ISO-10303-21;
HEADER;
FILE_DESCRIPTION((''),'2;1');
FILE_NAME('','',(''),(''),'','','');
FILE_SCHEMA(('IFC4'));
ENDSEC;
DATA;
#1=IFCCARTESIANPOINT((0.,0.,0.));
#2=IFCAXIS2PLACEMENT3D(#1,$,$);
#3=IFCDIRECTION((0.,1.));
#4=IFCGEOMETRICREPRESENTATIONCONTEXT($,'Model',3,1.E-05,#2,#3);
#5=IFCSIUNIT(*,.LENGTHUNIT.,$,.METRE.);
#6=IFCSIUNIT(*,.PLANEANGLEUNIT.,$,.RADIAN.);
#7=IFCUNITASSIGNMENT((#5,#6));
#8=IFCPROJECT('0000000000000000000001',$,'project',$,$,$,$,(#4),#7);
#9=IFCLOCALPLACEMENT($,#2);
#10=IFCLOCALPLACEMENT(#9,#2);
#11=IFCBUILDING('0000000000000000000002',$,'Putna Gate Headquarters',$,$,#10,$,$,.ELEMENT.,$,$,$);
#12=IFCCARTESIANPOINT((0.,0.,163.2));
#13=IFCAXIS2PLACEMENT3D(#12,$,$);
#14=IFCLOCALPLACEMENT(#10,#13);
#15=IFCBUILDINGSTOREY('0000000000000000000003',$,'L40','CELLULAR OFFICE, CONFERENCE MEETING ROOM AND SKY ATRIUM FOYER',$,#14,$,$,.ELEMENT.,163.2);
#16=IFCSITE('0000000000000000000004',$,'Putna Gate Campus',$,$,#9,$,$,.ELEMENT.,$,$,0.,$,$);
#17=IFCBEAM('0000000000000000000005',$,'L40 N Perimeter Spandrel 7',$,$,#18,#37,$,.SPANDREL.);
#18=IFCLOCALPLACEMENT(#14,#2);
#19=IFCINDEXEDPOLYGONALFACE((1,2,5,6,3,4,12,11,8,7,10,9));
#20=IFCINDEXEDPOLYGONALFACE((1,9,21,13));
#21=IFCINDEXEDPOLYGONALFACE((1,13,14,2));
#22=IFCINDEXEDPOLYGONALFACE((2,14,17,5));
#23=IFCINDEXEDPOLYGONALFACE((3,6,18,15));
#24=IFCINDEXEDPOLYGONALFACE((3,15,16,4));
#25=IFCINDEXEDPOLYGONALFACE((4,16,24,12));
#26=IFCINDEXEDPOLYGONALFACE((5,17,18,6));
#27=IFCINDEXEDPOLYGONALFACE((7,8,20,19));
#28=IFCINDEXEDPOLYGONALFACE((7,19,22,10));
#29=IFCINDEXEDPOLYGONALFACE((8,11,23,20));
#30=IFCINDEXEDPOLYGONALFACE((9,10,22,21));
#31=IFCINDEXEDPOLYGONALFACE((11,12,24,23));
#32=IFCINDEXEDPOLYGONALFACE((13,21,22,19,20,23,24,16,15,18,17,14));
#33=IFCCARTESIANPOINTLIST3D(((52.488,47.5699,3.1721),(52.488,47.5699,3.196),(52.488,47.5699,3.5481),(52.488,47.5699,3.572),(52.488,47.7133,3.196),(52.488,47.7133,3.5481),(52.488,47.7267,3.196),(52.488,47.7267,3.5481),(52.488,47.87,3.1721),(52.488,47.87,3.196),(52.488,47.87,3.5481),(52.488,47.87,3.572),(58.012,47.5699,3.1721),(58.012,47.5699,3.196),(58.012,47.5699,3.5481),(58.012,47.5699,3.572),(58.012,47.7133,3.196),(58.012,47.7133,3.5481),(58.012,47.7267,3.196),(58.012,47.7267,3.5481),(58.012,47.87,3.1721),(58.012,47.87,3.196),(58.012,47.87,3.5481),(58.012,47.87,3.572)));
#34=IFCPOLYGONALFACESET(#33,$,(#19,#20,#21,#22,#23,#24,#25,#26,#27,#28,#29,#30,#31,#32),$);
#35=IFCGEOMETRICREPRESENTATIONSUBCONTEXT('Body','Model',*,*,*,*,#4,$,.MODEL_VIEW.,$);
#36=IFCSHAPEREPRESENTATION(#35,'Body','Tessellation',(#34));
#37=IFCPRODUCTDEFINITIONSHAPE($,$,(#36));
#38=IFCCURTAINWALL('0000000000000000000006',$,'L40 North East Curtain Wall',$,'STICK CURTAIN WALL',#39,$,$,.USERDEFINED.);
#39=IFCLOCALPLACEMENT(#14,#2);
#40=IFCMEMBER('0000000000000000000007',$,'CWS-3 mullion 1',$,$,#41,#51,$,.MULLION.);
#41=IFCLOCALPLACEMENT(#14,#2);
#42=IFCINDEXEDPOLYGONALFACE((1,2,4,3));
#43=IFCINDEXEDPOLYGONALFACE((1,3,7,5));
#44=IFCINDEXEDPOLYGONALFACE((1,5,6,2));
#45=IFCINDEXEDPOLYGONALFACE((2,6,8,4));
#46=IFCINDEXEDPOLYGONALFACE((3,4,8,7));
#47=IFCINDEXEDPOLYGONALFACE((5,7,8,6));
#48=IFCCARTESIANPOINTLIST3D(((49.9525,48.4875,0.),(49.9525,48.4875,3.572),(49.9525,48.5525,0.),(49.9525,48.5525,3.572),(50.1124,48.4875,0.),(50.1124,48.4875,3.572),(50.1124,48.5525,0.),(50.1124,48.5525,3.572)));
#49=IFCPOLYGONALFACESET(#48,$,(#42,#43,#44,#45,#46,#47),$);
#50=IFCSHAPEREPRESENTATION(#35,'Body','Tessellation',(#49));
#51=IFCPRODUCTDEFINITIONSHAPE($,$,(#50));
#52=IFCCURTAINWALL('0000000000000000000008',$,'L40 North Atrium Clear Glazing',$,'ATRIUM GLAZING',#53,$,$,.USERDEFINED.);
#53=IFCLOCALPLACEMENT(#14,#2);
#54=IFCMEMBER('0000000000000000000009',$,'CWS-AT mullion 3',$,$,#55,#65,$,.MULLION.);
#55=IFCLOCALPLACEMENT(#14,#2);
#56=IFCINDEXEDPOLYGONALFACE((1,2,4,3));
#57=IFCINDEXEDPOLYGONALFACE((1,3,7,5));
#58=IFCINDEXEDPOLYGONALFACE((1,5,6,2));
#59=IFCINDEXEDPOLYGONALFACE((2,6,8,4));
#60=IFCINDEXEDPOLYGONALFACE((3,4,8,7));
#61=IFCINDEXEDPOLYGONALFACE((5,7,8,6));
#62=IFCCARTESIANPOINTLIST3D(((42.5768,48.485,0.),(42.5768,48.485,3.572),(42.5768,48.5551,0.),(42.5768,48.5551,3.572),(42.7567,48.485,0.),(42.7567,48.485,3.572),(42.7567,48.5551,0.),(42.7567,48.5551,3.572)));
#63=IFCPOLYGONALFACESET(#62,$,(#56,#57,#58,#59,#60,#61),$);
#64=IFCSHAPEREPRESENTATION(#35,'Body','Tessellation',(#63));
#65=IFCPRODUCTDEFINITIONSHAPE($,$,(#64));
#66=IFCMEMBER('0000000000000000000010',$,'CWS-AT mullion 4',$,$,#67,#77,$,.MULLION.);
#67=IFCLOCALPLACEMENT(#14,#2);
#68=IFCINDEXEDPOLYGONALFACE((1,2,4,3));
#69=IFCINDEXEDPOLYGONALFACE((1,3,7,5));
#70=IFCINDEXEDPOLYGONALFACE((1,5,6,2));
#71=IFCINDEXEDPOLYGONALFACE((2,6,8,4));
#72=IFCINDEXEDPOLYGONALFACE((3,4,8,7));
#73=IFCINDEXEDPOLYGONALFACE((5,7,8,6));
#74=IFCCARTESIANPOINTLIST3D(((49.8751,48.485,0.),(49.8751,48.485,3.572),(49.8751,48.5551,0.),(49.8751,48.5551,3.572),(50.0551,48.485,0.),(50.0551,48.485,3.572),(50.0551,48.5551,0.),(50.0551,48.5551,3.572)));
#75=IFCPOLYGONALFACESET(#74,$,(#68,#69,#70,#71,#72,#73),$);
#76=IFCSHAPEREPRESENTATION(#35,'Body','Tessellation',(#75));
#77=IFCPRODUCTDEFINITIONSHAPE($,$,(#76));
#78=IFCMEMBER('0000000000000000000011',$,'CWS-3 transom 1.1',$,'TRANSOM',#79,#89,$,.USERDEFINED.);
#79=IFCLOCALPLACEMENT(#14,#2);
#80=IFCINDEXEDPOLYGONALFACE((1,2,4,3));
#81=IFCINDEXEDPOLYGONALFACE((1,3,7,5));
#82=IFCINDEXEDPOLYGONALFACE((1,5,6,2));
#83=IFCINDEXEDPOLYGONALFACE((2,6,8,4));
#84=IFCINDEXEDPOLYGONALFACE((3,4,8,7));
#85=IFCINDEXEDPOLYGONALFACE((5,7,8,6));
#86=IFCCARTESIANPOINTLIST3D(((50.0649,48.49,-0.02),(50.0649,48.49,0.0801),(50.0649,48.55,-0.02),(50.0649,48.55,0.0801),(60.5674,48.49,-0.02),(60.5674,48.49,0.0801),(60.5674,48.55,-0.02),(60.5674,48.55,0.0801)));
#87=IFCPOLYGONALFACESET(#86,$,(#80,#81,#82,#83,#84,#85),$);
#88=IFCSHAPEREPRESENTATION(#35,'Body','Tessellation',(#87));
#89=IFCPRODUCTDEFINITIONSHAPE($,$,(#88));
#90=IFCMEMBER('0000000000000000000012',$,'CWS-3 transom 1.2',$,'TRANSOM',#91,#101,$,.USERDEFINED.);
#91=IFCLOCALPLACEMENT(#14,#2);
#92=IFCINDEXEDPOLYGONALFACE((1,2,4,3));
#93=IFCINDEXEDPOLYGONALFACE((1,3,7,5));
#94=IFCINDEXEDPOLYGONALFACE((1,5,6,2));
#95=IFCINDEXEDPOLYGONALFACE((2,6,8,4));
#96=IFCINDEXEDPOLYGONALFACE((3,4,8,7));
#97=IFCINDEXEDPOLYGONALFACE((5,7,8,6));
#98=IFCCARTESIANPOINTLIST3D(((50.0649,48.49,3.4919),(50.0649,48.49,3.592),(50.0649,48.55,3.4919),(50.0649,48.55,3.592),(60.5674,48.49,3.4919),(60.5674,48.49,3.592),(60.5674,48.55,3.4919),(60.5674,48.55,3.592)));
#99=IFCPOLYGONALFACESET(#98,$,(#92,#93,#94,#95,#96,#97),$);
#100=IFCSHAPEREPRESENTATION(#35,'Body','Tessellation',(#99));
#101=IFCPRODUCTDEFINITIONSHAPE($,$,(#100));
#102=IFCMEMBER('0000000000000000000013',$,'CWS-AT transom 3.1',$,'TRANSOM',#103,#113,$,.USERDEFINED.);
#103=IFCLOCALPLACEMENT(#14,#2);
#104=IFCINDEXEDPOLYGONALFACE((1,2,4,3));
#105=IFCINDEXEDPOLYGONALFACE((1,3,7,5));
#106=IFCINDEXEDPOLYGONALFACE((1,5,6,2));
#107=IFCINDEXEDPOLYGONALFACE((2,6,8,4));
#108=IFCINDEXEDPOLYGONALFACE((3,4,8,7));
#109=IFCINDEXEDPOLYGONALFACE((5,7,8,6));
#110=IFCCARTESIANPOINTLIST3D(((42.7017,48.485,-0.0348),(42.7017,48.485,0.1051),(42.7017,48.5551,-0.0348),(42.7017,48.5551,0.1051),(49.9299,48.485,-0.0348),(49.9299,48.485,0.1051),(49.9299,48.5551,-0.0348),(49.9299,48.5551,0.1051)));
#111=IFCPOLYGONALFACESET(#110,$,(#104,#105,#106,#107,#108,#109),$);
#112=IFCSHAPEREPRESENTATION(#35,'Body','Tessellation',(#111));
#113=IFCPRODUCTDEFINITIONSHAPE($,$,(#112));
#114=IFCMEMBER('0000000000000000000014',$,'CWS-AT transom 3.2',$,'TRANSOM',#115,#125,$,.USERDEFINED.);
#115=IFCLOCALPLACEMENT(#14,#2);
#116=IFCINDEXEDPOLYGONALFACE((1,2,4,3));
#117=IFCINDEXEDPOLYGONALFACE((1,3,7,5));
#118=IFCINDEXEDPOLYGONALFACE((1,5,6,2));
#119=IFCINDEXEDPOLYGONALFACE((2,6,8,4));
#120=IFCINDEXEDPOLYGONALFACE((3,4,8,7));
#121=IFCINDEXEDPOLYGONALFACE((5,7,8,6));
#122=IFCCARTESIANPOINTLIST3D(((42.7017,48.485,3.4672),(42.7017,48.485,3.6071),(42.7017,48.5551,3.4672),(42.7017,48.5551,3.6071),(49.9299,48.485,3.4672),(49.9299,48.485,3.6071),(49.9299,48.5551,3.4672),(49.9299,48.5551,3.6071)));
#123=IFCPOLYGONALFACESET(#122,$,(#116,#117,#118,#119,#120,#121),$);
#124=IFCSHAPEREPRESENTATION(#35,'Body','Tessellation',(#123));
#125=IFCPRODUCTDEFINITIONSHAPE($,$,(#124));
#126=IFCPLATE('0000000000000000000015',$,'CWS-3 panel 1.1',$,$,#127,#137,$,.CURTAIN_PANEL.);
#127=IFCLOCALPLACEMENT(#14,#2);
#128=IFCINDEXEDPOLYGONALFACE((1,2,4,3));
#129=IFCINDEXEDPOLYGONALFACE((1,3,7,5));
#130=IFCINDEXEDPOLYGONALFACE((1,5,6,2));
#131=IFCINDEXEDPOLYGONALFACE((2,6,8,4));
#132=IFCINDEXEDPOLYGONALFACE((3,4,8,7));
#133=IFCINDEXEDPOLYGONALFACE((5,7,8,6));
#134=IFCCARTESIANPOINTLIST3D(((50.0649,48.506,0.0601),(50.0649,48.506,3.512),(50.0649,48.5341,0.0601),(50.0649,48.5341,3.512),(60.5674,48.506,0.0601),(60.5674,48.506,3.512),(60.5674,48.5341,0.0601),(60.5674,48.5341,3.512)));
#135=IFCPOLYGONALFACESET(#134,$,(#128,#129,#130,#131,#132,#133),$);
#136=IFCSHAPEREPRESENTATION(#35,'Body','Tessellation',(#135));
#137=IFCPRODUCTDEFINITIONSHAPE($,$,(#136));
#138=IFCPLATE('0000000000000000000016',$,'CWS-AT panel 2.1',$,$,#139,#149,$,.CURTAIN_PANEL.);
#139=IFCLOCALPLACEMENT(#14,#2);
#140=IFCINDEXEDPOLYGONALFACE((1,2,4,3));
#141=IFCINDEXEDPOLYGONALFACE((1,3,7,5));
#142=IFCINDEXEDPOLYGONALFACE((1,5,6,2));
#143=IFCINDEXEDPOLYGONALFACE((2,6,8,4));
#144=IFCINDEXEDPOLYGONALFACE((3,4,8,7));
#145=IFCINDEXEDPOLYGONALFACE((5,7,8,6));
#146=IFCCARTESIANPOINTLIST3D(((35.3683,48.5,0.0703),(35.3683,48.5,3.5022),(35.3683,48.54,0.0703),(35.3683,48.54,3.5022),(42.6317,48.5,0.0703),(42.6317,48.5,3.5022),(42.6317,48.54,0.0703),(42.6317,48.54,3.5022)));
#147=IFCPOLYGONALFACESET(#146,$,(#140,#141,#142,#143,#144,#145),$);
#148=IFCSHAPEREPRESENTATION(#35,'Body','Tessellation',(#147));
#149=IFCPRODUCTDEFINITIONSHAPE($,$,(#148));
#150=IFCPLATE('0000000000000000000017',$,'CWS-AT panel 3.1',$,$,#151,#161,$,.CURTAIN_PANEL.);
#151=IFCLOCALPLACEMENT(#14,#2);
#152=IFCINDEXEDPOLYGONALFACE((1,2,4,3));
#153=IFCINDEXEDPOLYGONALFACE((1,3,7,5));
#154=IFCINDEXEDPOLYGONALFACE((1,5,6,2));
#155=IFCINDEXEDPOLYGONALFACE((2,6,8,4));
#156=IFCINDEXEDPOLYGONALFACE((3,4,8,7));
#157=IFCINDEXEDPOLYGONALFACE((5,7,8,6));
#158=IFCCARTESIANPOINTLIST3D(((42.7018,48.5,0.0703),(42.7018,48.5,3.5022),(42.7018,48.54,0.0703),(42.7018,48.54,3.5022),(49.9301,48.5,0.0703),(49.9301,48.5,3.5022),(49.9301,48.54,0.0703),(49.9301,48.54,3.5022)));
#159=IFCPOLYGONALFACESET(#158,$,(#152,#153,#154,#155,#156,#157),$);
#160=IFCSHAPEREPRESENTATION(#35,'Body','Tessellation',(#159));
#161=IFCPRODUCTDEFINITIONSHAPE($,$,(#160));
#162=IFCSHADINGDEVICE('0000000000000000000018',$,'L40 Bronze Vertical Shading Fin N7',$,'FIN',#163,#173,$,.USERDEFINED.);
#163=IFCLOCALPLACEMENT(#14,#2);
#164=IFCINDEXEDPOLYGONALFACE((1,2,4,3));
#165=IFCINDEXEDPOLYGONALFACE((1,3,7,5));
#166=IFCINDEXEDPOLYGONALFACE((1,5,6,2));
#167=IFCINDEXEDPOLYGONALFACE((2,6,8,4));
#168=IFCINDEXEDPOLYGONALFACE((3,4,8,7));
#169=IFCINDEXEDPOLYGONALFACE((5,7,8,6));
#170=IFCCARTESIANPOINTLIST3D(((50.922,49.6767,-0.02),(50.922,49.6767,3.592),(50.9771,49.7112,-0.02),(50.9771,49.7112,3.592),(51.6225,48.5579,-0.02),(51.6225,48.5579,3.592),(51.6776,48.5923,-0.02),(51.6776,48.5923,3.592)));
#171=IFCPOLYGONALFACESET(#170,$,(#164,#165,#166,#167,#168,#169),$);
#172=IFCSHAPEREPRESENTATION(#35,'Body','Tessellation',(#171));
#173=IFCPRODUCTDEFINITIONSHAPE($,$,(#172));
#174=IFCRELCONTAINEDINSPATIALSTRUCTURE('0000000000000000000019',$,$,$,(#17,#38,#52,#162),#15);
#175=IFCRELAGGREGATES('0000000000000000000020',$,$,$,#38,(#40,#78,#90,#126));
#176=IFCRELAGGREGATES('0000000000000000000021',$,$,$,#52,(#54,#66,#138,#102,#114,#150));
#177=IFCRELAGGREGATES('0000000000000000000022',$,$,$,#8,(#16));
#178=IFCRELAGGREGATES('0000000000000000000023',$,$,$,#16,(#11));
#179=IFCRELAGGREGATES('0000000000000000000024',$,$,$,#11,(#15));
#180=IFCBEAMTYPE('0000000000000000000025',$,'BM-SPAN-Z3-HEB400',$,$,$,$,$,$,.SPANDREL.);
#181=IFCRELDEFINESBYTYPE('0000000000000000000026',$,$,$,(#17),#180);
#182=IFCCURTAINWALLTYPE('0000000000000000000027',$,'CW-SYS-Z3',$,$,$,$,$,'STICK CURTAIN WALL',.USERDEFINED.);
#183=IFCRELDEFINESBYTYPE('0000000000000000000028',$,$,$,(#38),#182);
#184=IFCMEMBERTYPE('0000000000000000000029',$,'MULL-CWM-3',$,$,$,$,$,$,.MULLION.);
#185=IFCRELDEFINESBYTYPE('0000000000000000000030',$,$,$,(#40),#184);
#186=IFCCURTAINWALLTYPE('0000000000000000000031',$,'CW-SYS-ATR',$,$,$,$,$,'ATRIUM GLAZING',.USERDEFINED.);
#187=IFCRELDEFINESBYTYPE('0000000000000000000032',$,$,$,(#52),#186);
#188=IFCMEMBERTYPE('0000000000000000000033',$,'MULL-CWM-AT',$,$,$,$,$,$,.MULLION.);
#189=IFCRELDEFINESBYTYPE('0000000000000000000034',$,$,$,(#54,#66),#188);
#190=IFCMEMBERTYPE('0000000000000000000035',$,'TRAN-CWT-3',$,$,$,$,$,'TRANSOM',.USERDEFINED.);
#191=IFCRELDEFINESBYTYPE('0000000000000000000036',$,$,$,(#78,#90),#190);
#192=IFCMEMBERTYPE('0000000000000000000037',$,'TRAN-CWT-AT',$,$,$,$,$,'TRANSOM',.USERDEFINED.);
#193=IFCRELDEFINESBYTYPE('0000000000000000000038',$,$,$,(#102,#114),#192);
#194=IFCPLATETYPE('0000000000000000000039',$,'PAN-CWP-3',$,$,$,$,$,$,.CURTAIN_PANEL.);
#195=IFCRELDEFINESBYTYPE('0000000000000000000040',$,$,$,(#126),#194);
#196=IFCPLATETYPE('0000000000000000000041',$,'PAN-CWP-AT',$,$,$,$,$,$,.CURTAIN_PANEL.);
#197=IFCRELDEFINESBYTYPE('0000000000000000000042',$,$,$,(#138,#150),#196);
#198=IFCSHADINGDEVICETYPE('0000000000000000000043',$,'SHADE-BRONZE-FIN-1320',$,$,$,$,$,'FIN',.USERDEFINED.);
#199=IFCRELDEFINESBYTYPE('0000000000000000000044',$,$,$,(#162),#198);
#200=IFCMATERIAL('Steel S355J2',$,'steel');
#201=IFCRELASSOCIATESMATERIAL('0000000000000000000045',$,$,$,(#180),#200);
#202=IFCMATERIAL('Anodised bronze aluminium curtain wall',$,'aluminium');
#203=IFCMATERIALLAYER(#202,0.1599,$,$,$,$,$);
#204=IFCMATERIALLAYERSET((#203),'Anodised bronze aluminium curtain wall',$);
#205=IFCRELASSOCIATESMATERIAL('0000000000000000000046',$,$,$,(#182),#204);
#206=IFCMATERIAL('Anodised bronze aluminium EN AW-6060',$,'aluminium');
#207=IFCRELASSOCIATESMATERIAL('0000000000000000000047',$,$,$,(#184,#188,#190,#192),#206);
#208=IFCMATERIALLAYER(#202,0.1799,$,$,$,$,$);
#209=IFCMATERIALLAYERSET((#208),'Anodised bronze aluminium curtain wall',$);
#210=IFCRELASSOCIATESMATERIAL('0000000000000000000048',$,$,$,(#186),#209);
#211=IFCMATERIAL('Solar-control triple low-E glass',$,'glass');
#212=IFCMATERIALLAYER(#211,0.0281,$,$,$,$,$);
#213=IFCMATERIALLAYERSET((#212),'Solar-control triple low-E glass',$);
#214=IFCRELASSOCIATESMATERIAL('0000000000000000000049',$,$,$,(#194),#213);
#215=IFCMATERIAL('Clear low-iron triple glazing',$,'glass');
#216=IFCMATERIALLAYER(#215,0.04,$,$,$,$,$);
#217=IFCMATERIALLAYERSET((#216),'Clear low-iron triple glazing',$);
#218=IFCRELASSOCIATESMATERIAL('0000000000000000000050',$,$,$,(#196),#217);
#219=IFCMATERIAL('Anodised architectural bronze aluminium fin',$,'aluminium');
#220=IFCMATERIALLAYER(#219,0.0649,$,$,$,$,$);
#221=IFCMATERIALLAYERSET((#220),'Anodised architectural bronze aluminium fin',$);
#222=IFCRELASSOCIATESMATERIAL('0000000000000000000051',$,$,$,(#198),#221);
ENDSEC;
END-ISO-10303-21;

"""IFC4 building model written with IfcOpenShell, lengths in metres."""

from ifc_helpers import new_model, si_unit, direction, frame, origin, origin_2d, place, context, subcontext, project, spatial, rectangle, i_section, extrude, material, layer, layer_set, material_profile, profile_set, type_object, element, aggregate, save


model = new_model("IFC4")

# Units and contexts
model_context = context("Model", 3, precision=1e-05, world=origin(), true_north=direction((0.0, 1.0)))
body_context = subcontext(model_context, "Body", "Model", "MODEL_VIEW")
ifc_project = project(units=[si_unit("LENGTHUNIT", "METRE"), si_unit("PLANEANGLEUNIT", "RADIAN")], contexts=[model_context])

# Site, building, storey
site_placement = place(None, origin())
site = spatial("IfcSite", under=ifc_project, at=site_placement, Name="Putna Gate Campus", CompositionType="ELEMENT", RefElevation=0.0)
building_placement = place(site_placement, origin())
building = spatial("IfcBuilding", under=site, at=building_placement, Name="Putna Gate Headquarters", CompositionType="ELEMENT")
storey_placement = place(building_placement, frame((0.0, 0.0, 163.2)))
storey = spatial("IfcBuildingStorey", under=building, at=storey_placement, Name="L40", Description="CELLULAR OFFICE, CONFERENCE MEETING ROOM AND SKY ATRIUM FOYER", CompositionType="ELEMENT", Elevation=163.2)

# Beam
ifc_material_1 = material(Name="Steel S355J2", Category="steel")
ifc_material_profile_1 = material_profile(ifc_material_1, i_section(OverallWidth=0.3, OverallDepth=0.3999, WebThickness=0.0134, FlangeThickness=0.0239, at=origin_2d()), Name="Steel S355J2")
ifc_profile_set_1 = profile_set([ifc_material_profile_1], Name="Steel S355J2")
beam_type_1 = type_object("IfcBeamType", Name="BM-SPAN-Z3-HEB400", PredefinedType="SPANDREL", material=ifc_profile_set_1)
for number, where, z_axis, x_axis, name in (
    (1, (52.488, 47.72, 3.3721), (1.0, 0.0, 0.0), (0.0, 1.0, 0.0), "L40 N Perimeter Spandrel 7"),
):
    element("IfcBeam", number, at=place(storey_placement, frame(where, z_axis=z_axis, x_axis=x_axis)), inside=storey, type_object=beam_type_1, Name=name, PredefinedType="SPANDREL", context=body_context, shape_type="SweptSolid", body=[
        extrude(i_section(OverallWidth=0.3, OverallDepth=0.3999, WebThickness=0.0134, FlangeThickness=0.0239, at=origin_2d()), origin(), (0.0, 0.0, 1.0), 5.5239),
    ])

# Curtain wall, member
ifc_material_2 = material(Name="Anodised bronze aluminium curtain wall", Category="aluminium")
ifc_layer_1 = layer(ifc_material_2, 0.1599)
ifc_layer_set_1 = layer_set([ifc_layer_1], Name="Anodised bronze aluminium curtain wall")
curtain_wall_type_1 = type_object("IfcCurtainWallType", Name="CW-SYS-Z3", ElementType="STICK CURTAIN WALL", PredefinedType="USERDEFINED", material=ifc_layer_set_1)
curtain_wall_1_placement = place(storey_placement, origin())
curtain_wall_1 = element("IfcCurtainWall", 2, at=curtain_wall_1_placement, inside=storey, type_object=curtain_wall_type_1, Name="L40 North East Curtain Wall", ObjectType="STICK CURTAIN WALL", PredefinedType="USERDEFINED")
ifc_material_3 = material(Name="Anodised bronze aluminium EN AW-6060", Category="aluminium")
ifc_material_profile_2 = material_profile(ifc_material_3, rectangle(XDim=0.0649, YDim=0.1599, at=origin_2d()), Name="Anodised bronze aluminium EN AW-6060")
ifc_profile_set_2 = profile_set([ifc_material_profile_2], Name="Anodised bronze aluminium EN AW-6060")
member_type_1 = type_object("IfcMemberType", Name="MULL-CWM-3", PredefinedType="MULLION", material=ifc_profile_set_2)
member_1_placement = place(storey_placement, frame((50.0325, 48.52, 0.0), z_axis=(0.0, 0.0, 1.0), x_axis=(0.0, 1.0, 0.0)))
member_1 = element("IfcMember", 3, at=member_1_placement, type_object=member_type_1, Name="CWS-3 mullion 1", PredefinedType="MULLION", context=body_context, shape_type="SweptSolid", body=[
    extrude(rectangle(XDim=0.0649, YDim=0.1599, at=origin_2d()), origin(), (0.0, 0.0, 1.0), 3.572),
])

# Curtain wall, members
ifc_layer_2 = layer(ifc_material_2, 0.1799)
ifc_layer_set_2 = layer_set([ifc_layer_2], Name="Anodised bronze aluminium curtain wall")
curtain_wall_type_2 = type_object("IfcCurtainWallType", Name="CW-SYS-ATR", ElementType="ATRIUM GLAZING", PredefinedType="USERDEFINED", material=ifc_layer_set_2)
curtain_wall_2_placement = place(storey_placement, origin())
curtain_wall_2 = element("IfcCurtainWall", 4, at=curtain_wall_2_placement, inside=storey, type_object=curtain_wall_type_2, Name="L40 North Atrium Clear Glazing", ObjectType="ATRIUM GLAZING", PredefinedType="USERDEFINED")
ifc_material_profile_3 = material_profile(ifc_material_3, rectangle(XDim=0.0701, YDim=0.1799, at=origin_2d()), Name="Anodised bronze aluminium EN AW-6060")
ifc_profile_set_3 = profile_set([ifc_material_profile_3], Name="Anodised bronze aluminium EN AW-6060")
member_type_2 = type_object("IfcMemberType", Name="MULL-CWM-AT", PredefinedType="MULLION", material=ifc_profile_set_3)
member_2_placement = place(storey_placement, frame((42.6667, 48.52, 0.0), z_axis=(0.0, 0.0, 1.0), x_axis=(0.0, 1.0, 0.0)))
member_2 = element("IfcMember", 5, at=member_2_placement, type_object=member_type_2, Name="CWS-AT mullion 3", PredefinedType="MULLION", context=body_context, shape_type="SweptSolid", body=[
    extrude(rectangle(XDim=0.0701, YDim=0.1799, at=origin_2d()), origin(), (0.0, 0.0, 1.0), 3.572),
])
member_3_placement = place(storey_placement, frame((49.9651, 48.52, 0.0), z_axis=(0.0, 0.0, 1.0), x_axis=(0.0, 1.0, 0.0)))
member_3 = element("IfcMember", 6, at=member_3_placement, type_object=member_type_2, Name="CWS-AT mullion 4", PredefinedType="MULLION", context=body_context, shape_type="SweptSolid", body=[
    extrude(rectangle(XDim=0.0701, YDim=0.1799, at=origin_2d()), origin(), (0.0, 0.0, 1.0), 3.572),
])

# Members
ifc_material_profile_4 = material_profile(ifc_material_3, rectangle(XDim=0.0601, YDim=0.1001, at=origin_2d()), Name="Anodised bronze aluminium EN AW-6060")
ifc_profile_set_4 = profile_set([ifc_material_profile_4], Name="Anodised bronze aluminium EN AW-6060")
member_type_3 = type_object("IfcMemberType", Name="TRAN-CWT-3", ElementType="TRANSOM", PredefinedType="USERDEFINED", material=ifc_profile_set_4)
member_4_placement = place(storey_placement, frame((50.0649, 48.52, 0.03), z_axis=(1.0, 0.0, 0.0), x_axis=(0.0, 1.0, 0.0)))
member_4 = element("IfcMember", 7, at=member_4_placement, type_object=member_type_3, Name="CWS-3 transom 1.1", ObjectType="TRANSOM", PredefinedType="USERDEFINED", context=body_context, shape_type="SweptSolid", body=[
    extrude(rectangle(XDim=0.0601, YDim=0.1001, at=origin_2d()), origin(), (0.0, 0.0, 1.0), 10.5024),
])
member_5_placement = place(storey_placement, frame((50.0649, 48.52, 3.542), z_axis=(1.0, 0.0, 0.0), x_axis=(0.0, 1.0, 0.0)))
member_5 = element("IfcMember", 8, at=member_5_placement, type_object=member_type_3, Name="CWS-3 transom 1.2", ObjectType="TRANSOM", PredefinedType="USERDEFINED", context=body_context, shape_type="SweptSolid", body=[
    extrude(rectangle(XDim=0.0601, YDim=0.1001, at=origin_2d()), origin(), (0.0, 0.0, 1.0), 10.5024),
])
ifc_material_profile_5 = material_profile(ifc_material_3, rectangle(XDim=0.0701, YDim=0.1399, at=origin_2d()), Name="Anodised bronze aluminium EN AW-6060")
ifc_profile_set_5 = profile_set([ifc_material_profile_5], Name="Anodised bronze aluminium EN AW-6060")
member_type_4 = type_object("IfcMemberType", Name="TRAN-CWT-AT", ElementType="TRANSOM", PredefinedType="USERDEFINED", material=ifc_profile_set_5)
member_6_placement = place(storey_placement, frame((42.7017, 48.52, 0.0352), z_axis=(1.0, 0.0, 0.0), x_axis=(0.0, 1.0, 0.0)))
member_6 = element("IfcMember", 9, at=member_6_placement, type_object=member_type_4, Name="CWS-AT transom 3.1", ObjectType="TRANSOM", PredefinedType="USERDEFINED", context=body_context, shape_type="SweptSolid", body=[
    extrude(rectangle(XDim=0.0701, YDim=0.1399, at=origin_2d()), origin(), (0.0, 0.0, 1.0), 7.2283),
])
member_7_placement = place(storey_placement, frame((42.7017, 48.52, 3.5371), z_axis=(1.0, 0.0, 0.0), x_axis=(0.0, 1.0, 0.0)))
member_7 = element("IfcMember", 10, at=member_7_placement, type_object=member_type_4, Name="CWS-AT transom 3.2", ObjectType="TRANSOM", PredefinedType="USERDEFINED", context=body_context, shape_type="SweptSolid", body=[
    extrude(rectangle(XDim=0.0701, YDim=0.1399, at=origin_2d()), origin(), (0.0, 0.0, 1.0), 7.2283),
])

# Plates
ifc_material_4 = material(Name="Solar-control triple low-E glass", Category="glass")
ifc_layer_3 = layer(ifc_material_4, 0.0281)
ifc_layer_set_3 = layer_set([ifc_layer_3], Name="Solar-control triple low-E glass")
plate_type_1 = type_object("IfcPlateType", Name="PAN-CWP-3", PredefinedType="CURTAIN_PANEL", material=ifc_layer_set_3)
plate_1_placement = place(storey_placement, frame((55.3162, 48.52, 0.0601), z_axis=(0.0, 0.0, 1.0), x_axis=(1.0, 0.0, 0.0)))
plate_1 = element("IfcPlate", 11, at=plate_1_placement, type_object=plate_type_1, Name="CWS-3 panel 1.1", PredefinedType="CURTAIN_PANEL", context=body_context, shape_type="SweptSolid", body=[
    extrude(rectangle(XDim=10.5024, YDim=0.0281, at=origin_2d()), origin(), (0.0, 0.0, 1.0), 3.4519),
])
aggregate(curtain_wall_1, [member_1, member_4, member_5, plate_1])
ifc_material_5 = material(Name="Clear low-iron triple glazing", Category="glass")
ifc_layer_4 = layer(ifc_material_5, 0.04)
ifc_layer_set_4 = layer_set([ifc_layer_4], Name="Clear low-iron triple glazing")
plate_type_2 = type_object("IfcPlateType", Name="PAN-CWP-AT", PredefinedType="CURTAIN_PANEL", material=ifc_layer_set_4)
plate_2_placement = place(storey_placement, frame((39.0, 48.52, 0.0703), z_axis=(0.0, 0.0, 1.0), x_axis=(1.0, 0.0, 0.0)))
plate_2 = element("IfcPlate", 12, at=plate_2_placement, type_object=plate_type_2, Name="CWS-AT panel 2.1", PredefinedType="CURTAIN_PANEL", context=body_context, shape_type="SweptSolid", body=[
    extrude(rectangle(XDim=7.2634, YDim=0.04, at=origin_2d()), origin(), (0.0, 0.0, 1.0), 3.4319),
])
plate_3_placement = place(storey_placement, frame((46.3159, 48.52, 0.0703), z_axis=(0.0, 0.0, 1.0), x_axis=(1.0, 0.0, 0.0)))
plate_3 = element("IfcPlate", 13, at=plate_3_placement, type_object=plate_type_2, Name="CWS-AT panel 3.1", PredefinedType="CURTAIN_PANEL", context=body_context, shape_type="SweptSolid", body=[
    extrude(rectangle(XDim=7.2283, YDim=0.04, at=origin_2d()), origin(), (0.0, 0.0, 1.0), 3.4319),
])
aggregate(curtain_wall_2, [member_2, member_3, plate_2, member_6, member_7, plate_3])

# Shading device
ifc_material_6 = material(Name="Anodised architectural bronze aluminium fin", Category="aluminium")
ifc_layer_5 = layer(ifc_material_6, 0.0649)
ifc_layer_set_5 = layer_set([ifc_layer_5], Name="Anodised architectural bronze aluminium fin")
shading_device_type = type_object("IfcShadingDeviceType", Name="SHADE-BRONZE-FIN-1320", ElementType="FIN", PredefinedType="USERDEFINED", material=ifc_layer_set_5)
shading_device_placement = place(storey_placement, frame((51.2998, 49.1345, -0.02), z_axis=(0.0, 0.0, 1.0), x_axis=(-0.530659, 0.847585, 0.0)))
element("IfcShadingDevice", 14, at=shading_device_placement, inside=storey, type_object=shading_device_type, Name="L40 Bronze Vertical Shading Fin N7", ObjectType="FIN", PredefinedType="USERDEFINED", context=body_context, shape_type="SweptSolid", body=[
    extrude(rectangle(XDim=1.3201, YDim=0.0649, at=origin_2d()), origin(), (0.0, 0.0, 1.0), 3.6121),
])

save(model, "model.ifc")
